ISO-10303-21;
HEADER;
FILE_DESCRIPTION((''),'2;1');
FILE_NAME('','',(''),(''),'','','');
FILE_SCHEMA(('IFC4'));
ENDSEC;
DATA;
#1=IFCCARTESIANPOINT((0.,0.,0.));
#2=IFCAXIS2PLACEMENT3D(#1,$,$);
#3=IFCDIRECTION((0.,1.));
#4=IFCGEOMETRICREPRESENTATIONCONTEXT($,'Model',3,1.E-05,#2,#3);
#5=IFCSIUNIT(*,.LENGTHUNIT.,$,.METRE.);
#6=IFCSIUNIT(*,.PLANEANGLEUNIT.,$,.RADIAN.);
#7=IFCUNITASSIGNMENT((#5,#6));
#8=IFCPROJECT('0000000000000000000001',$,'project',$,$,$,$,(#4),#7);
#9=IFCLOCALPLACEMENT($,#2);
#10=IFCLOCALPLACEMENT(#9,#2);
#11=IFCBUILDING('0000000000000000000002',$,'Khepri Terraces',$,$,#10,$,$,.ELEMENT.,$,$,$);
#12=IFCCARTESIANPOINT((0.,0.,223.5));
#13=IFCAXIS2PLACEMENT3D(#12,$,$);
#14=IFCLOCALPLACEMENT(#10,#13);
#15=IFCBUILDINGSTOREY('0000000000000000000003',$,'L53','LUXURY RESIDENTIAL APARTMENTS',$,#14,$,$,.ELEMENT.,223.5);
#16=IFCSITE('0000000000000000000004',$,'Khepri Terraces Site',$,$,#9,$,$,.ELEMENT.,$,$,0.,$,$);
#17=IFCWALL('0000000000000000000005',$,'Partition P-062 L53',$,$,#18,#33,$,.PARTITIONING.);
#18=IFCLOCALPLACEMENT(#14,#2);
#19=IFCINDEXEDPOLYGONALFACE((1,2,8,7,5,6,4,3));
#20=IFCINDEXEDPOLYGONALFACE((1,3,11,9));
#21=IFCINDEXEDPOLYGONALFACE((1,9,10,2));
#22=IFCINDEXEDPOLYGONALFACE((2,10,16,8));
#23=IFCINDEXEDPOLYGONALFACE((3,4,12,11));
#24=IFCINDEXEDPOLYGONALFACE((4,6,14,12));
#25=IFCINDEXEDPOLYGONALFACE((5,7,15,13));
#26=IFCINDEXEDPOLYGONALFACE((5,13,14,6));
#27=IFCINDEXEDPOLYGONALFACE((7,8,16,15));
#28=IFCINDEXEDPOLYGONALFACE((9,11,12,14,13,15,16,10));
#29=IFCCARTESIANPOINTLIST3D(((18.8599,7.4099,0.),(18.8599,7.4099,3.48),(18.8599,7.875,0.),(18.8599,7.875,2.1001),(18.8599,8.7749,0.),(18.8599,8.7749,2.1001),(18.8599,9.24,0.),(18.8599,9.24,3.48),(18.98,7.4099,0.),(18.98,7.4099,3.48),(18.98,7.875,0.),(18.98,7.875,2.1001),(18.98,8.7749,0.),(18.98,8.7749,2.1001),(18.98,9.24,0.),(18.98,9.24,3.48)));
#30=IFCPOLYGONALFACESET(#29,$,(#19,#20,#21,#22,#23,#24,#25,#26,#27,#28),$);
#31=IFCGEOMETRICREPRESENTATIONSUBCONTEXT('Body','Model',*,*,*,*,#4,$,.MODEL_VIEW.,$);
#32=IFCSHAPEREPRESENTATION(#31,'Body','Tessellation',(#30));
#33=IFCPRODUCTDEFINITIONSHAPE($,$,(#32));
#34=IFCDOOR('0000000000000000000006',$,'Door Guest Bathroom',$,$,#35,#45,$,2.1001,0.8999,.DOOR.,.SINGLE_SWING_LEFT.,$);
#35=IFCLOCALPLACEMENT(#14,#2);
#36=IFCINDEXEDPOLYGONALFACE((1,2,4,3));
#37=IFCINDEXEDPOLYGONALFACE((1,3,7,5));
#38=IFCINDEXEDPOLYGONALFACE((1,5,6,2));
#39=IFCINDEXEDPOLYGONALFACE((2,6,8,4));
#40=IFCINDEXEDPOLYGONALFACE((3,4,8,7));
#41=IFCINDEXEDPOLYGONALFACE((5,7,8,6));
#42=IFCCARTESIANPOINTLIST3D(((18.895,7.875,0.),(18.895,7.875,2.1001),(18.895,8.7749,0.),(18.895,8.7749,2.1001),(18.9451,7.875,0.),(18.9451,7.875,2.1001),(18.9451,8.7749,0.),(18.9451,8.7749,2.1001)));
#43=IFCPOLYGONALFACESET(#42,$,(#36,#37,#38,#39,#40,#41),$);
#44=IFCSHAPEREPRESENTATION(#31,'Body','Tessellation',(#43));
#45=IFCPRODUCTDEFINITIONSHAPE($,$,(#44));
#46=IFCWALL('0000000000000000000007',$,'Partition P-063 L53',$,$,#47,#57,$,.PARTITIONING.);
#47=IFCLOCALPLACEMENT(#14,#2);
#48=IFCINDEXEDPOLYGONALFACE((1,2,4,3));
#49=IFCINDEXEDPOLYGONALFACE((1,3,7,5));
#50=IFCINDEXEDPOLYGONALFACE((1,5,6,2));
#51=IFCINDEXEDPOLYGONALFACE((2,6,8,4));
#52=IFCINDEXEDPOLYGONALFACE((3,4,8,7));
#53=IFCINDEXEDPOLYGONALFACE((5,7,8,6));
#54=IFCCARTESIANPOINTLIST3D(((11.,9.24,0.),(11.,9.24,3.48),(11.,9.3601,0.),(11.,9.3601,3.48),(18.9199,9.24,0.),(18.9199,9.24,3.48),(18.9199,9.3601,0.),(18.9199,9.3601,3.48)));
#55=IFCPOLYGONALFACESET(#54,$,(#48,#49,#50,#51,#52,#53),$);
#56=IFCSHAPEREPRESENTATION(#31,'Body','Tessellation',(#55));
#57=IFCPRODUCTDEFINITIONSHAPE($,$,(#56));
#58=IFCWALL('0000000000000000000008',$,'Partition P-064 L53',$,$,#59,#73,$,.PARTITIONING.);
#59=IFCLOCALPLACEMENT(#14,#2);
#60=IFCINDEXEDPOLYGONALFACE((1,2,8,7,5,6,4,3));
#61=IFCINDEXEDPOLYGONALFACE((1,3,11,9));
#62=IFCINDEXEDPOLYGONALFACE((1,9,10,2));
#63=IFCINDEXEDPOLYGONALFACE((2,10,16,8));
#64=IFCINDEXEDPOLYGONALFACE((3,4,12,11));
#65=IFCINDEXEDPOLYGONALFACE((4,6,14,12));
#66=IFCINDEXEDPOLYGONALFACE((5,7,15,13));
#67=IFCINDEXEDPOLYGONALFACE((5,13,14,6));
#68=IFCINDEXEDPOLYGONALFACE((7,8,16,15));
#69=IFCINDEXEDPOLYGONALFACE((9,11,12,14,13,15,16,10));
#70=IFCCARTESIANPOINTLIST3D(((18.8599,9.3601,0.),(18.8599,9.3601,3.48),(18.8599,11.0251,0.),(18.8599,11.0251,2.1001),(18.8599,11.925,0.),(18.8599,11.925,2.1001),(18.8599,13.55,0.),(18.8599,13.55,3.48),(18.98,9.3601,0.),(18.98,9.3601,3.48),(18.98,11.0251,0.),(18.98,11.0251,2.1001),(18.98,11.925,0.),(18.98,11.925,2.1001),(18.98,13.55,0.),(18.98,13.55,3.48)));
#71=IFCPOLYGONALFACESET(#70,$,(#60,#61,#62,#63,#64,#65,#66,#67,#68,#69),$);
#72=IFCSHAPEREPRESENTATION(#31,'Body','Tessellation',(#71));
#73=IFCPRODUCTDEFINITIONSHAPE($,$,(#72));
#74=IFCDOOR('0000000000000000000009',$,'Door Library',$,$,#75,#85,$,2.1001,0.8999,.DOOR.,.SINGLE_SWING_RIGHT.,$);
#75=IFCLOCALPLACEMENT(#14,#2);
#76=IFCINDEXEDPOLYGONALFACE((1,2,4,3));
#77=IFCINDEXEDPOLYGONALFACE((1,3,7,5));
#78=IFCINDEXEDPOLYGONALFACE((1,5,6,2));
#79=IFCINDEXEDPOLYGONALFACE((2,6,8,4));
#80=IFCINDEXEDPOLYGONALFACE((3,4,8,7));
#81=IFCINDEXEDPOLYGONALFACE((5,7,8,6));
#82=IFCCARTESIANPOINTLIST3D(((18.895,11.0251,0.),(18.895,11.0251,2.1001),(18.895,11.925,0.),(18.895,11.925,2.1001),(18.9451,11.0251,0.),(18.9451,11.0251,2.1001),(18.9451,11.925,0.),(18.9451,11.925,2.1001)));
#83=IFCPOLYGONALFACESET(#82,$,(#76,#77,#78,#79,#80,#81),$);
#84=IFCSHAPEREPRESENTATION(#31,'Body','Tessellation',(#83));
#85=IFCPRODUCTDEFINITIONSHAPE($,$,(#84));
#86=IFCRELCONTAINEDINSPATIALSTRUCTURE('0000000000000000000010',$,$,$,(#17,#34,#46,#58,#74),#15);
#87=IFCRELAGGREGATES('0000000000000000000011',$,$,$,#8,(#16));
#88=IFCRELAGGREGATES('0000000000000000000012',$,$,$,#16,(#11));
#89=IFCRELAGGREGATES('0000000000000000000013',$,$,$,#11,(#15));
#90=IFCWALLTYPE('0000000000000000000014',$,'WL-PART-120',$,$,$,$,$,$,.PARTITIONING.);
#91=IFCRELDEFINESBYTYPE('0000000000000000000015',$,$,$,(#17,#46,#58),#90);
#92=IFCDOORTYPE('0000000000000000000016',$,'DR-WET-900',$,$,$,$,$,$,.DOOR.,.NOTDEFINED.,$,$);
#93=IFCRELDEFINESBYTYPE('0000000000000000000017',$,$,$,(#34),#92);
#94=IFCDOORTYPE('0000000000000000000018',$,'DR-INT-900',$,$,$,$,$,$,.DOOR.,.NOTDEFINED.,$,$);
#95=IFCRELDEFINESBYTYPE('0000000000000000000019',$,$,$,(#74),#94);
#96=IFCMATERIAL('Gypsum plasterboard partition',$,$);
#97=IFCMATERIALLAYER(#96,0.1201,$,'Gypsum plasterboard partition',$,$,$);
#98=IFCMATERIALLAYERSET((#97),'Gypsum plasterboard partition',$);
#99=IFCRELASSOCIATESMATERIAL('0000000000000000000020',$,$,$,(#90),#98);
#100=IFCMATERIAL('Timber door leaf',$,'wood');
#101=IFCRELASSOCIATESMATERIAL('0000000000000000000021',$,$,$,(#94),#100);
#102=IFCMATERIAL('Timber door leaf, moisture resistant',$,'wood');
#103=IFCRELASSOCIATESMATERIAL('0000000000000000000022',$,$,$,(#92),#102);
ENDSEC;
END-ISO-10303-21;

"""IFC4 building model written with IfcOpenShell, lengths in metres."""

from ifc_helpers import new_model, si_unit, direction, frame, frame_2d, origin, place, context, subcontext, project, spatial, rectangle, extrude, material, layer, layer_set, type_object, element, fill, save


model = new_model("IFC4")

# Units and contexts
model_context = context("Model", 3, precision=1e-05, world=origin(), true_north=direction((0.0, 1.0)))
body_context = subcontext(model_context, "Body", "Model", "MODEL_VIEW")
ifc_project = project(units=[si_unit("LENGTHUNIT", "METRE"), si_unit("PLANEANGLEUNIT", "RADIAN")], contexts=[model_context])

# Site, building, storey
site_placement = place(None, origin())
site = spatial("IfcSite", under=ifc_project, at=site_placement, Name="Khepri Terraces Site", CompositionType="ELEMENT", RefElevation=0.0)
building_placement = place(site_placement, origin())
building = spatial("IfcBuilding", under=site, at=building_placement, Name="Khepri Terraces", CompositionType="ELEMENT")
storey_placement = place(building_placement, frame((0.0, 0.0, 223.5)))
storey = spatial("IfcBuildingStorey", under=building, at=storey_placement, Name="L53", Description="LUXURY RESIDENTIAL APARTMENTS", CompositionType="ELEMENT", Elevation=223.5)

# Shared definitions
ifc_material_1 = material(Name="Gypsum plasterboard partition")
ifc_layer_1 = layer(ifc_material_1, 0.1201, Name="Gypsum plasterboard partition")
ifc_layer_set_1 = layer_set([ifc_layer_1], Name="Gypsum plasterboard partition")
wall_type_1 = type_object("IfcWallType", Name="WL-PART-120", PredefinedType="PARTITIONING", material=ifc_layer_set_1)

# Shared definitions
ifc_material_2 = material(Name="Timber door leaf", Category="wood")
door_type_1 = type_object("IfcDoorType", Name="DR-INT-900", OperationType="NOTDEFINED", PredefinedType="DOOR", material=ifc_material_2)

# Shared definitions
ifc_material_3 = material(Name="Timber door leaf, moisture resistant", Category="wood")
door_type_2 = type_object("IfcDoorType", Name="DR-WET-900", OperationType="NOTDEFINED", PredefinedType="DOOR", material=ifc_material_3)

# Wall, opening, door
wall_1_placement = place(storey_placement, frame((18.9199, 7.4099, 0.0), z_axis=(0.0, 0.0, 1.0), x_axis=(0.0, 1.0, 0.0)))
wall_1 = element("IfcWall", 1, at=wall_1_placement, inside=storey, type_object=wall_type_1, Name="Partition P-062 L53", PredefinedType="PARTITIONING", context=body_context, shape_type="SweptSolid", body=[
    extrude(rectangle(XDim=1.8301, YDim=0.1201, at=frame_2d((0.915, 0.0))), origin(), (0.0, 0.0, 1.0), 3.48),
])
opening_1_placement = place(wall_1_placement, frame((0.4651, 0.0, 0.0)))
opening_1 = element("IfcOpeningElement", 2, at=opening_1_placement, cuts=wall_1, PredefinedType="OPENING", context=body_context, shape_type="SweptSolid", body=[
    extrude(rectangle(XDim=0.8999, YDim=2.1001, at=frame_2d((0.45, 1.05))), frame((0.0, 0.0701, 0.0), z_axis=(0.0, -1.0, 0.0), x_axis=(1.0, 0.0, 0.0)), (0.0, 0.0, 1.0), 0.1401),
])
door_1_placement = place(opening_1_placement, origin())
door_1 = element("IfcDoor", 3, at=door_1_placement, inside=storey, type_object=door_type_2, Name="Door Guest Bathroom", OperationType="SINGLE_SWING_LEFT", OverallHeight=2.1001, OverallWidth=0.8999, PredefinedType="DOOR", context=body_context, shape_type="SweptSolid", body=[
    extrude(rectangle(XDim=0.8999, YDim=2.1001, at=frame_2d((0.45, 1.05))), frame((0.0, 0.0249, 0.0), z_axis=(0.0, -1.0, 0.0), x_axis=(1.0, 0.0, 0.0)), (0.0, 0.0, 1.0), 0.05),
])
fill(opening_1, door_1)

# Wall
wall_2_placement = place(storey_placement, frame((11.0, 9.3, 0.0), z_axis=(0.0, 0.0, 1.0), x_axis=(1.0, 0.0, 0.0)))
element("IfcWall", 4, at=wall_2_placement, inside=storey, type_object=wall_type_1, Name="Partition P-063 L53", PredefinedType="PARTITIONING", context=body_context, shape_type="SweptSolid", body=[
    extrude(rectangle(XDim=7.9199, YDim=0.1201, at=frame_2d((3.96, 0.0))), origin(), (0.0, 0.0, 1.0), 3.48),
])

# Wall, opening, door
wall_3_placement = place(storey_placement, frame((18.9199, 9.3601, 0.0), z_axis=(0.0, 0.0, 1.0), x_axis=(0.0, 1.0, 0.0)))
wall_3 = element("IfcWall", 5, at=wall_3_placement, inside=storey, type_object=wall_type_1, Name="Partition P-064 L53", PredefinedType="PARTITIONING", context=body_context, shape_type="SweptSolid", body=[
    extrude(rectangle(XDim=4.1899, YDim=0.1201, at=frame_2d((2.095, 0.0))), origin(), (0.0, 0.0, 1.0), 3.48),
])
opening_2_placement = place(wall_3_placement, frame((1.665, 0.0, 0.0)))
opening_2 = element("IfcOpeningElement", 6, at=opening_2_placement, cuts=wall_3, PredefinedType="OPENING", context=body_context, shape_type="SweptSolid", body=[
    extrude(rectangle(XDim=0.8999, YDim=2.1001, at=frame_2d((0.45, 1.05))), frame((0.0, 0.0701, 0.0), z_axis=(0.0, -1.0, 0.0), x_axis=(1.0, 0.0, 0.0)), (0.0, 0.0, 1.0), 0.1401),
])
door_2_placement = place(opening_2_placement, origin())
door_2 = element("IfcDoor", 7, at=door_2_placement, inside=storey, type_object=door_type_1, Name="Door Library", OperationType="SINGLE_SWING_RIGHT", OverallHeight=2.1001, OverallWidth=0.8999, PredefinedType="DOOR", context=body_context, shape_type="SweptSolid", body=[
    extrude(rectangle(XDim=0.8999, YDim=2.1001, at=frame_2d((0.45, 1.05))), frame((0.0, 0.0249, 0.0), z_axis=(0.0, -1.0, 0.0), x_axis=(1.0, 0.0, 0.0)), (0.0, 0.0, 1.0), 0.05),
])
fill(opening_2, door_2)

save(model, "model.ifc")
